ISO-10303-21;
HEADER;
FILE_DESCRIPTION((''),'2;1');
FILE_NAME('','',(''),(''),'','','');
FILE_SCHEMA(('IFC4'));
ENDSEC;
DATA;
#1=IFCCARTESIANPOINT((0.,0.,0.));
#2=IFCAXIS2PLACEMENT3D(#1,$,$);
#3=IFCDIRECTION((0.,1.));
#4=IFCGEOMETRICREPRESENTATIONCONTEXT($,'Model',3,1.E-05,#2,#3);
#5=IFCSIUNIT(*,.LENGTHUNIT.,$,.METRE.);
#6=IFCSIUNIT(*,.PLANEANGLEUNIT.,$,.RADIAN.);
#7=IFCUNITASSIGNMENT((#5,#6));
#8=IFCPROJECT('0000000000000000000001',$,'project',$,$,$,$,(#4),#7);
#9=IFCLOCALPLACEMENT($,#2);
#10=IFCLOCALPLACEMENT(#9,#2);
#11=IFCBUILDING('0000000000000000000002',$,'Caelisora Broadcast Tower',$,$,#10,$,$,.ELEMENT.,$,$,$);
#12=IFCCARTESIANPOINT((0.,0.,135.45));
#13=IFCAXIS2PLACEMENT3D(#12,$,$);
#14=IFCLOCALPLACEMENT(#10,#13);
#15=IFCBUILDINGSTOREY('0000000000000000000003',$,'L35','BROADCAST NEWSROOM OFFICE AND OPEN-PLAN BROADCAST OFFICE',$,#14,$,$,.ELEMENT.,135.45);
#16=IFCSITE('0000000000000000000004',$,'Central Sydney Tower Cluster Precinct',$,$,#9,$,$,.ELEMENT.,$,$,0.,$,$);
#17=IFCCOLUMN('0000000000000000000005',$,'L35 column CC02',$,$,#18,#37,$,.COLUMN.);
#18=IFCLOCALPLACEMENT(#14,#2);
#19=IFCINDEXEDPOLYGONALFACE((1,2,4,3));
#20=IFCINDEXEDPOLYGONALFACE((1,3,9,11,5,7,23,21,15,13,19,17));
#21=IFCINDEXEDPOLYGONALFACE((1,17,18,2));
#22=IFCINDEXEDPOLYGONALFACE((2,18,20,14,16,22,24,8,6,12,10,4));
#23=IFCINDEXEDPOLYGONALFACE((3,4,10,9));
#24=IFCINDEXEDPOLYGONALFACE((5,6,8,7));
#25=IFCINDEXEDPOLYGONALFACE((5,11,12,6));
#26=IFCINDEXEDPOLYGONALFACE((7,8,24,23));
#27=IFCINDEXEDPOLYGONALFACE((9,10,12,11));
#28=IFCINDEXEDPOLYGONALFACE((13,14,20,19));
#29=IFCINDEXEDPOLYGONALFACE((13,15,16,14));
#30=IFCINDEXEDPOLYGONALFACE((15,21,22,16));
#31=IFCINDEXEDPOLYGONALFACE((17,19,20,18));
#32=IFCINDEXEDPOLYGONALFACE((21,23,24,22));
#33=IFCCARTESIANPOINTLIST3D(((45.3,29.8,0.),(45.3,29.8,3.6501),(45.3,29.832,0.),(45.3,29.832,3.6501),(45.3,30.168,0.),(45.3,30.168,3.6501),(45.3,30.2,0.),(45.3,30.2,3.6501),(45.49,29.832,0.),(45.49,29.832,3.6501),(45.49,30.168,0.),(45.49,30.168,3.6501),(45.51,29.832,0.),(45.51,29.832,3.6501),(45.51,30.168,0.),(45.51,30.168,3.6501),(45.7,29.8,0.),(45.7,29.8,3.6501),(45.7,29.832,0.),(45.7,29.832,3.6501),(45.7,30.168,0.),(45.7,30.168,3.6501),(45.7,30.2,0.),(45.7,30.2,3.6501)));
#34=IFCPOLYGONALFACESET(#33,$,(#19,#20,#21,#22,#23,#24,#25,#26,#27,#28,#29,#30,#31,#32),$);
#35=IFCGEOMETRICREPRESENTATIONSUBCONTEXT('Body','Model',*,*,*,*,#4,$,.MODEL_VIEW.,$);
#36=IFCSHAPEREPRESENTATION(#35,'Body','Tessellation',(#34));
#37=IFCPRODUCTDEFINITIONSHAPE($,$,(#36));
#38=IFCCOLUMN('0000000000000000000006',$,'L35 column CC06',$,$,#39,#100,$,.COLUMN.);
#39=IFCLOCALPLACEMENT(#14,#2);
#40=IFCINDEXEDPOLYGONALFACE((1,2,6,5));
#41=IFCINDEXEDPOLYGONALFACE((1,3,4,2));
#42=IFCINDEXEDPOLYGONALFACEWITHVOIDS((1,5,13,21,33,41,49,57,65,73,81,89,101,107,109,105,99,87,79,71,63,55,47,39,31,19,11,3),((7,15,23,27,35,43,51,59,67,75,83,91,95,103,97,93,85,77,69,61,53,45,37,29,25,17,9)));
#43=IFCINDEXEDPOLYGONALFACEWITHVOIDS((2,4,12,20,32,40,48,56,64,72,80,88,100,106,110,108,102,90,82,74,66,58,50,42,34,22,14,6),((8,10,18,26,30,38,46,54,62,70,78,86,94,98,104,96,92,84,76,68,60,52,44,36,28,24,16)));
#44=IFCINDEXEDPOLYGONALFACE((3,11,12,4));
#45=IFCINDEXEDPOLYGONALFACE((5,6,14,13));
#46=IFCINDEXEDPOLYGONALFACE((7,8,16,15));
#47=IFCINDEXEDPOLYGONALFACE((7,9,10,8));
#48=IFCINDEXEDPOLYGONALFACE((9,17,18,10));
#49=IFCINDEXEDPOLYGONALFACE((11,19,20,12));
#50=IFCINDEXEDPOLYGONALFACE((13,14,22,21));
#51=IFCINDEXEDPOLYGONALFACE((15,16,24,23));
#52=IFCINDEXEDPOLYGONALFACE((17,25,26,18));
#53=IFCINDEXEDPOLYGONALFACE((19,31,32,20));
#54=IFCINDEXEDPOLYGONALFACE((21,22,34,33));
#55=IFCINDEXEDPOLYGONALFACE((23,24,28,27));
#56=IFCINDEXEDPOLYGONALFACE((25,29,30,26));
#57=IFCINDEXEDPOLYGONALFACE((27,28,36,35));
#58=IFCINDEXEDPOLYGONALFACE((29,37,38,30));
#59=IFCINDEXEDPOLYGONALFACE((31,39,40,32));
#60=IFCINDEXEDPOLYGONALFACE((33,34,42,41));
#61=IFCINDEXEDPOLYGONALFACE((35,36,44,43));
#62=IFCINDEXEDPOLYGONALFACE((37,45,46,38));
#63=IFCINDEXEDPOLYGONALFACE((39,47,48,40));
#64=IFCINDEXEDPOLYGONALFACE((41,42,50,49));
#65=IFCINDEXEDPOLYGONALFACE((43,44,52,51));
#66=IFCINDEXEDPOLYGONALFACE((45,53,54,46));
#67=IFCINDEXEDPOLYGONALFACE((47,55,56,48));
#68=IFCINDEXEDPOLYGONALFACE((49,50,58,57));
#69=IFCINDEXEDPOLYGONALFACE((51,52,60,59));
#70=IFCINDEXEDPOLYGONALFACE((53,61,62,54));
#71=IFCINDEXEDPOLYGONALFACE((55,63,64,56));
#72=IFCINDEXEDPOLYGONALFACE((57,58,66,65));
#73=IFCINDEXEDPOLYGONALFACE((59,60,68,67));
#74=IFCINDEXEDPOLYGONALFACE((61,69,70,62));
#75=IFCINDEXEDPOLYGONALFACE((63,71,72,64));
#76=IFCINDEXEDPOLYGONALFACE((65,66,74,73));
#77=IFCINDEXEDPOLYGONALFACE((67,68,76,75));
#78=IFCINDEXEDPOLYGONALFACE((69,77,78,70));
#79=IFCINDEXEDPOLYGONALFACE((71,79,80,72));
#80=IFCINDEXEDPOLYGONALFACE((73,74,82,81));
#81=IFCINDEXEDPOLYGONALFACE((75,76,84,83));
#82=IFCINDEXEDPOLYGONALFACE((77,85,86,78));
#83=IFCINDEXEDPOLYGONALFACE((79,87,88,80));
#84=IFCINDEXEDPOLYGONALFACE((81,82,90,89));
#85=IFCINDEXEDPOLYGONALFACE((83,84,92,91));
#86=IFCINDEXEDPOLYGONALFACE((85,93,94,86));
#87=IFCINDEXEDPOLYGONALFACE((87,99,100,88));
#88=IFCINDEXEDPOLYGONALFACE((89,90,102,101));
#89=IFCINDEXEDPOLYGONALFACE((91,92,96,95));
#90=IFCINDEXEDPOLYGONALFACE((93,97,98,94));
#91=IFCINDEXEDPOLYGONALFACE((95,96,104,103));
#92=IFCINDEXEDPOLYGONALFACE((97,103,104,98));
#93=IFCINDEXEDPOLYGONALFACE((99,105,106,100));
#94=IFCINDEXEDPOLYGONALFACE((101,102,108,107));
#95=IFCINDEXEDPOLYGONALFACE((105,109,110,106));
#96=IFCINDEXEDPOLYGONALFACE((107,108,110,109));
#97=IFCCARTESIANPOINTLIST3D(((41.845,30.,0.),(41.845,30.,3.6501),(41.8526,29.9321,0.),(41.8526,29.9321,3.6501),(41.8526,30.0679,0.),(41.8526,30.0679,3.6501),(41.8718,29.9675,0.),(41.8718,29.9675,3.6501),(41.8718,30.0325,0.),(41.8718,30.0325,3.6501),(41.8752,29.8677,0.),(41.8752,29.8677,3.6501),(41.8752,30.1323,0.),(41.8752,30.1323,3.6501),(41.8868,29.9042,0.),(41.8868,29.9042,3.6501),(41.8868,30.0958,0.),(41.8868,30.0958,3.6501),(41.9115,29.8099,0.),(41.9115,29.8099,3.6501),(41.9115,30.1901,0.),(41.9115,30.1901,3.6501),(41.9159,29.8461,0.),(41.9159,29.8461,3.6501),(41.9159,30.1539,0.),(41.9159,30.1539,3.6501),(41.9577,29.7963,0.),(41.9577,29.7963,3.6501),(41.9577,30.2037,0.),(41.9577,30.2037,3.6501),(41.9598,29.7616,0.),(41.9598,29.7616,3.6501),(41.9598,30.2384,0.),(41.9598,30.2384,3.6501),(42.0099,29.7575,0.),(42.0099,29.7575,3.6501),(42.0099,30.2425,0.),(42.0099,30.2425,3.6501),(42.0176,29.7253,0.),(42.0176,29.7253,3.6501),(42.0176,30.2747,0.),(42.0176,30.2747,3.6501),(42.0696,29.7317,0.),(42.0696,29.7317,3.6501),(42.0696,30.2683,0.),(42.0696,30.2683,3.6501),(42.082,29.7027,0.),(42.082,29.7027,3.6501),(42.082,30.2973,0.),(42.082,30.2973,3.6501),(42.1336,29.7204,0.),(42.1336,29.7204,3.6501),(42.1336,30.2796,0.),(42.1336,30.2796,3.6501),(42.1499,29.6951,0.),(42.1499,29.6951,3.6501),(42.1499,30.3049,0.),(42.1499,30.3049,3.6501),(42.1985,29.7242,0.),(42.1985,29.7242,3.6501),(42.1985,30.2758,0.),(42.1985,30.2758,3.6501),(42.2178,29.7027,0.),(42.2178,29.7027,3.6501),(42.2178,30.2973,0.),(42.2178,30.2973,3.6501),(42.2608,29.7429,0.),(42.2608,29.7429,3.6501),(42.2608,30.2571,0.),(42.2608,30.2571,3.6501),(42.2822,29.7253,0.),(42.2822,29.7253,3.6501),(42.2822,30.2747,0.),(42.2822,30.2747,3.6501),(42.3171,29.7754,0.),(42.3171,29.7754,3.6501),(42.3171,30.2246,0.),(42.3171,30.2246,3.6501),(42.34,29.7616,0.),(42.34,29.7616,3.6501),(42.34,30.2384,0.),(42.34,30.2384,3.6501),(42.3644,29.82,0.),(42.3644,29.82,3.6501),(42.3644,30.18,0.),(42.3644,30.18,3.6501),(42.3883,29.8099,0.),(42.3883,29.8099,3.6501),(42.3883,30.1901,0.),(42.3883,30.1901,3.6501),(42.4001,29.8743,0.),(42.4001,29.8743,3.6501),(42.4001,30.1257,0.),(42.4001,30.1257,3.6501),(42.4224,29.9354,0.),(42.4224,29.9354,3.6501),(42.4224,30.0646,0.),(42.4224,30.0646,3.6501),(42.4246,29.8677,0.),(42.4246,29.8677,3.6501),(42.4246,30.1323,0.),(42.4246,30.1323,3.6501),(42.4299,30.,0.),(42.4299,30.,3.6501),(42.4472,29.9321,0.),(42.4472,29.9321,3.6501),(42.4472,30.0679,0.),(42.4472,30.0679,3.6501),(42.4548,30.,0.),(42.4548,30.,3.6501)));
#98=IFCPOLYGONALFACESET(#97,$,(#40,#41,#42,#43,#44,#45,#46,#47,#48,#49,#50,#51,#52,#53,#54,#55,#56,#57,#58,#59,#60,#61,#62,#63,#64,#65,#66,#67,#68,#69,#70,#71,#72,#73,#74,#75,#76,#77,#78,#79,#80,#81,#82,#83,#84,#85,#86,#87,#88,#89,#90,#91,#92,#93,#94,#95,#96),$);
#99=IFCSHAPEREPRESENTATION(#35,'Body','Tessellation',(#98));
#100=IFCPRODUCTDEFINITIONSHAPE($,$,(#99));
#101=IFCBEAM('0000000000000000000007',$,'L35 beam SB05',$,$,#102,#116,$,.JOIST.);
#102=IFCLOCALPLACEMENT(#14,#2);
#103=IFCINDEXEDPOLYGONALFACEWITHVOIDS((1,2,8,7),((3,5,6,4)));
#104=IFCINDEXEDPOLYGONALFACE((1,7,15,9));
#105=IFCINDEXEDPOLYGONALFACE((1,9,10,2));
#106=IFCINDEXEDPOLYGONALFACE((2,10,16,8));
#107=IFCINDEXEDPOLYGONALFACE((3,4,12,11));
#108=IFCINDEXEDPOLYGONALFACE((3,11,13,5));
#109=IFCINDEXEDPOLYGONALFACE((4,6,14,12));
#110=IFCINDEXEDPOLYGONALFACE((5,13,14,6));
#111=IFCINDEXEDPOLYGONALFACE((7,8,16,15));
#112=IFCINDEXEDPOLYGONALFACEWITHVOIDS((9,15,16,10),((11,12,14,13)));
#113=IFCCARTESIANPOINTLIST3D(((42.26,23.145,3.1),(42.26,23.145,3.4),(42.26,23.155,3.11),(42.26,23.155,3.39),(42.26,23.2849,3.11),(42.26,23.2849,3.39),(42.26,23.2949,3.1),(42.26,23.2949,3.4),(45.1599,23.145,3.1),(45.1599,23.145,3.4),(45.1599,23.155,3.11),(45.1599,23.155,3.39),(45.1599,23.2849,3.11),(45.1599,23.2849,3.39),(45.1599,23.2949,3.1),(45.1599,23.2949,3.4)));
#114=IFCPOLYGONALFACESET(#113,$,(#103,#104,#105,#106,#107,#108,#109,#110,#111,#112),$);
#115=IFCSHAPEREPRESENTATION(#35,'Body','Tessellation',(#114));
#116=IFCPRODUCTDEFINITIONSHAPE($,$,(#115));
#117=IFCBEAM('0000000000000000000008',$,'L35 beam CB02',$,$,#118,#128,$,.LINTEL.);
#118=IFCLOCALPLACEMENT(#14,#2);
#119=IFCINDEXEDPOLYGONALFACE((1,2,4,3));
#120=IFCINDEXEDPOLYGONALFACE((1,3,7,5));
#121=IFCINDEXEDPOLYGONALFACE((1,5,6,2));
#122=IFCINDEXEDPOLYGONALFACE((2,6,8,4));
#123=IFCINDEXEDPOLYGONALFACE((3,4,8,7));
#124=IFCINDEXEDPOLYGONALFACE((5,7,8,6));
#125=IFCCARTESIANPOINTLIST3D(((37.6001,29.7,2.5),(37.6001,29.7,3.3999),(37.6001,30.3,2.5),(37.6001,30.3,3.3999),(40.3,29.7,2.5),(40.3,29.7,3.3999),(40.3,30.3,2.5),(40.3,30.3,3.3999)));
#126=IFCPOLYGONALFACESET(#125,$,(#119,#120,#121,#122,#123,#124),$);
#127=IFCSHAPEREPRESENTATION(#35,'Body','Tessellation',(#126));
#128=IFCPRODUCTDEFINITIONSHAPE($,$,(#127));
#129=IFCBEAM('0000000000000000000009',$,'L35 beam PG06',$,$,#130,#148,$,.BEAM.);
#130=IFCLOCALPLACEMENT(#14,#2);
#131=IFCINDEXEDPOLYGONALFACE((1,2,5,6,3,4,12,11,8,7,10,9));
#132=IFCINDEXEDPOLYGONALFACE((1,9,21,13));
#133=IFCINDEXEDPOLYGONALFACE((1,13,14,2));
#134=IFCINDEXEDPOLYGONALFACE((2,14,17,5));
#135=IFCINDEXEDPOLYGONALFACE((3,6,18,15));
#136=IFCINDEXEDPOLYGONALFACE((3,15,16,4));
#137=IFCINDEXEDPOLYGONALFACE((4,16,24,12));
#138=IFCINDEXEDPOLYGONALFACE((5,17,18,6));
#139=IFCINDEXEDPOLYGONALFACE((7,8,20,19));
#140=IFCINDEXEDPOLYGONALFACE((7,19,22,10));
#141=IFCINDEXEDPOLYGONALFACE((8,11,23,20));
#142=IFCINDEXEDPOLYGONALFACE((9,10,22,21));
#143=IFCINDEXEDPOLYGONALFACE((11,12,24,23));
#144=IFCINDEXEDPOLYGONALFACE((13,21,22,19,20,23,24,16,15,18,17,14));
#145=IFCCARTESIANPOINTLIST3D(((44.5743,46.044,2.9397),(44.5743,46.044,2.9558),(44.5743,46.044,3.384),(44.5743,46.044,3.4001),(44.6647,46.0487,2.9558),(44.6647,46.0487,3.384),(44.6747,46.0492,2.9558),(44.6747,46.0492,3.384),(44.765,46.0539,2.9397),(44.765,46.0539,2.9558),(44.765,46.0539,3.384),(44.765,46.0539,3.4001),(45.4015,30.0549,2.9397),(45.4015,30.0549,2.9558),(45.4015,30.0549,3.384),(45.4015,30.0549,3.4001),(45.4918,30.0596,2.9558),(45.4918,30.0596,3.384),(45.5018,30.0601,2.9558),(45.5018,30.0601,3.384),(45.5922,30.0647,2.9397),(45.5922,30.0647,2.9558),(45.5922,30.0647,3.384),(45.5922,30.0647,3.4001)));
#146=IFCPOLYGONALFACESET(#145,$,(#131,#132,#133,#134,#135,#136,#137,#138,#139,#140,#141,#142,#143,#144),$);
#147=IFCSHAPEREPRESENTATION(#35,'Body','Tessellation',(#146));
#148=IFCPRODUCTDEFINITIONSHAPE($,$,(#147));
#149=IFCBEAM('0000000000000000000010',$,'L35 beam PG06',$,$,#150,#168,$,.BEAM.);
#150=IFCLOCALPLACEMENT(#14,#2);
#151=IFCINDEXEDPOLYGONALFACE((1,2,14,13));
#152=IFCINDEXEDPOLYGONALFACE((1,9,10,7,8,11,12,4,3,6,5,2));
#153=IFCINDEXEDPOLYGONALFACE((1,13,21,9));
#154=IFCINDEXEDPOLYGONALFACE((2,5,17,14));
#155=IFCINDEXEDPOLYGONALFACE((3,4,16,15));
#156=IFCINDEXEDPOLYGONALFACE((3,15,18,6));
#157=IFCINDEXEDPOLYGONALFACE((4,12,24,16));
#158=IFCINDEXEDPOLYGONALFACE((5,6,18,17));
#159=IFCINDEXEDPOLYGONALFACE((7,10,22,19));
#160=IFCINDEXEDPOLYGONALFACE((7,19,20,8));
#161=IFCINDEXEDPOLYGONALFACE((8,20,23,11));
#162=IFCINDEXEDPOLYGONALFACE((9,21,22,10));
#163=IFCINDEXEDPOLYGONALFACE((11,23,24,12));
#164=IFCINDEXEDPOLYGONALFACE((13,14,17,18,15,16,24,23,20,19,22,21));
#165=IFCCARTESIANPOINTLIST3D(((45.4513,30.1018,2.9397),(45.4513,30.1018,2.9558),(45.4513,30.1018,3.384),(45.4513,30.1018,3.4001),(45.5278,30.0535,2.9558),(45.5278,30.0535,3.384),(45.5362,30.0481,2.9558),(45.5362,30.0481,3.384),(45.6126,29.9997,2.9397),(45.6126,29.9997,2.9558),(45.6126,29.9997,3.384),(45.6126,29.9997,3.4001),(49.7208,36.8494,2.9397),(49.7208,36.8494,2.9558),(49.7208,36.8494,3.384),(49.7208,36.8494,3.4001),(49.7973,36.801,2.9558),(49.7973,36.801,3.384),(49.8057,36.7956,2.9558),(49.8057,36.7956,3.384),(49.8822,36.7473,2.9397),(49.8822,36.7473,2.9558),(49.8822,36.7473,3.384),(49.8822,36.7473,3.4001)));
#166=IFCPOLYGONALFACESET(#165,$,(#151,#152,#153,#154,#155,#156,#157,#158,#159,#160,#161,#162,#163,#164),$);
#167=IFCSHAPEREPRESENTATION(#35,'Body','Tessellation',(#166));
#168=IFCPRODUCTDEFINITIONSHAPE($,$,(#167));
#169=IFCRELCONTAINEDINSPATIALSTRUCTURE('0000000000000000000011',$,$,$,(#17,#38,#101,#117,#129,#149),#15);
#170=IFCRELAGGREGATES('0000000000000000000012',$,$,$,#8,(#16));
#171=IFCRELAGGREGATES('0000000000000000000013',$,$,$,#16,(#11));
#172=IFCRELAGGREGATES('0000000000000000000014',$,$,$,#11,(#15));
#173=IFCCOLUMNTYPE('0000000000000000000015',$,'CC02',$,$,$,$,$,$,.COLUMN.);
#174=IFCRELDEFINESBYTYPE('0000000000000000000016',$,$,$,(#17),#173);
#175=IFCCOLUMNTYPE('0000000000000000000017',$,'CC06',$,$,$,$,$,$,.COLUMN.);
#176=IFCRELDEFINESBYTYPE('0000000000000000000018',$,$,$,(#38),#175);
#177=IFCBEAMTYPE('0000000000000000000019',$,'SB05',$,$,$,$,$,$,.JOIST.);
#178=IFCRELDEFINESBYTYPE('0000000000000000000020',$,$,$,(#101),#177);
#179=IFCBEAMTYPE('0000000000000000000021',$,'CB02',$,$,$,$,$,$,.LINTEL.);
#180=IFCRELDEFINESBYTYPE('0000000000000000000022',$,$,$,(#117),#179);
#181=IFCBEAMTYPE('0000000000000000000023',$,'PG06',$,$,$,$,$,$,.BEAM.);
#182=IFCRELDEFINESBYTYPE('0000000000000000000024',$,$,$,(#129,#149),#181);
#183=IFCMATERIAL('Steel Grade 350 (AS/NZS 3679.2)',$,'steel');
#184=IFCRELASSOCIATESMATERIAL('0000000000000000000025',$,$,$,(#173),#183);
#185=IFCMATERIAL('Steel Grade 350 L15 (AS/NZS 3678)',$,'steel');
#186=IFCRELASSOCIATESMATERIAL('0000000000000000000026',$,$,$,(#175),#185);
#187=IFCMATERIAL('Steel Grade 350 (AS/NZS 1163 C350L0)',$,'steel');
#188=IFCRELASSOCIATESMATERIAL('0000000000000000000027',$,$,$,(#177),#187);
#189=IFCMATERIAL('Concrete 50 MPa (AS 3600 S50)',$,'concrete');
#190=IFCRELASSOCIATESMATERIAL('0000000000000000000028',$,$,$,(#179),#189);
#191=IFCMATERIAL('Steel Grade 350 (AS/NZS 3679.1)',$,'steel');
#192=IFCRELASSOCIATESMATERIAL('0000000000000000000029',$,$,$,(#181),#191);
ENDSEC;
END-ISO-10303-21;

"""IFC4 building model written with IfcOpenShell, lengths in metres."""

from ifc_helpers import new_model, si_unit, direction, frame, origin, origin_2d, place, context, subcontext, project, spatial, rectangle, hollow_rectangle, hollow_circle, i_section, extrude, source, transform, mapped, material, material_profile, profile_set, type_object, type_shapes, element, save


model = new_model("IFC4")

# Units and contexts
model_context = context("Model", 3, precision=1e-05, world=origin(), true_north=direction((0.0, 1.0)))
body_context = subcontext(model_context, "Body", "Model", "MODEL_VIEW")
ifc_project = project(units=[si_unit("LENGTHUNIT", "METRE"), si_unit("PLANEANGLEUNIT", "RADIAN")], contexts=[model_context])

# Site, building, storey
site_placement = place(None, origin())
site = spatial("IfcSite", under=ifc_project, at=site_placement, Name="Central Sydney Tower Cluster Precinct", CompositionType="ELEMENT", RefElevation=0.0)
building_placement = place(site_placement, origin())
building = spatial("IfcBuilding", under=site, at=building_placement, Name="Caelisora Broadcast Tower", CompositionType="ELEMENT")
storey_placement = place(building_placement, frame((0.0, 0.0, 135.45)))
storey = spatial("IfcBuildingStorey", under=building, at=storey_placement, Name="L35", Description="BROADCAST NEWSROOM OFFICE AND OPEN-PLAN BROADCAST OFFICE", CompositionType="ELEMENT", Elevation=135.45)

# Columns
ifc_material_1 = material(Name="Steel Grade 350 (AS/NZS 3679.2)", Category="steel")
ifc_material_profile_1 = material_profile(ifc_material_1, i_section(OverallWidth=0.3999, OverallDepth=0.3999, WebThickness=0.02, FlangeThickness=0.032, at=origin_2d()), Name="Steel Grade 350 (AS/NZS 3679.2)")
ifc_profile_set_1 = profile_set([ifc_material_profile_1], Name="Steel Grade 350 (AS/NZS 3679.2)")
column_type_1 = type_object("IfcColumnType", Name="CC02", PredefinedType="COLUMN", material=ifc_profile_set_1)
shared_shape_1 = source(origin(), body_context, "Body", "SweptSolid", [
    extrude(i_section(OverallWidth=0.3999, OverallDepth=0.3999, WebThickness=0.02, FlangeThickness=0.032, at=origin_2d()), origin(), (0.0, 0.0, 1.0), 3.6501),
])
type_shapes(column_type_1, [shared_shape_1])
column_1_placement = place(storey_placement, frame((45.5, 30.0, 0.0), z_axis=(0.0, 0.0, 1.0), x_axis=(1.0, 0.0, 0.0)))
element("IfcColumn", 1, at=column_1_placement, inside=storey, type_object=column_type_1, Name="L35 column CC02", PredefinedType="COLUMN", context=body_context, shape_type="MappedRepresentation", body=[
    mapped(shared_shape_1, transform((0.0, 0.0, 0.0), scale=1.0)),
])
ifc_material_2 = material(Name="Steel Grade 350 L15 (AS/NZS 3678)", Category="steel")
ifc_material_profile_2 = material_profile(ifc_material_2, hollow_circle(Radius=0.3049, WallThickness=0.0249, at=origin_2d()), Name="Steel Grade 350 L15 (AS/NZS 3678)")
ifc_profile_set_2 = profile_set([ifc_material_profile_2], Name="Steel Grade 350 L15 (AS/NZS 3678)")
column_type_2 = type_object("IfcColumnType", Name="CC06", PredefinedType="COLUMN", material=ifc_profile_set_2)
shared_shape_2 = source(origin(), body_context, "Body", "SweptSolid", [
    extrude(hollow_circle(Radius=0.3049, WallThickness=0.0249, at=origin_2d()), origin(), (0.0, 0.0, 1.0), 3.6501),
])
type_shapes(column_type_2, [shared_shape_2])
column_2_placement = place(storey_placement, frame((42.1499, 30.0, 0.0), z_axis=(0.0, 0.0, 1.0), x_axis=(1.0, 0.0, 0.0)))
element("IfcColumn", 2, at=column_2_placement, inside=storey, type_object=column_type_2, Name="L35 column CC06", PredefinedType="COLUMN", context=body_context, shape_type="MappedRepresentation", body=[
    mapped(shared_shape_2, transform((0.0, 0.0, 0.0), scale=1.0)),
])

# Beams
ifc_material_3 = material(Name="Steel Grade 350 (AS/NZS 1163 C350L0)", Category="steel")
ifc_material_profile_3 = material_profile(ifc_material_3, hollow_rectangle(XDim=0.1499, YDim=0.3, WallThickness=0.01, at=origin_2d()), Name="Steel Grade 350 (AS/NZS 1163 C350L0)")
ifc_profile_set_3 = profile_set([ifc_material_profile_3], Name="Steel Grade 350 (AS/NZS 1163 C350L0)")
beam_type_1 = type_object("IfcBeamType", Name="SB05", PredefinedType="JOIST", material=ifc_profile_set_3)
shared_shape_3 = source(origin(), body_context, "Body", "SweptSolid", [
    extrude(hollow_rectangle(XDim=0.1499, YDim=0.3, WallThickness=0.01, at=origin_2d()), origin(), (0.0, 0.0, 1.0), 2.8999),
])
type_shapes(beam_type_1, [shared_shape_3])
beam_1_placement = place(storey_placement, frame((42.26, 23.22, 3.25), z_axis=(1.0, 0.0, 0.0), x_axis=(0.0, 1.0, 0.0)))
element("IfcBeam", 3, at=beam_1_placement, inside=storey, type_object=beam_type_1, Name="L35 beam SB05", PredefinedType="JOIST", context=body_context, shape_type="MappedRepresentation", body=[
    mapped(shared_shape_3, transform((0.0, 0.0, 0.0), scale=1.0)),
])
ifc_material_4 = material(Name="Concrete 50 MPa (AS 3600 S50)", Category="concrete")
ifc_material_profile_4 = material_profile(ifc_material_4, rectangle(XDim=0.6001, YDim=0.8999, at=origin_2d()), Name="Concrete 50 MPa (AS 3600 S50)")
ifc_profile_set_4 = profile_set([ifc_material_profile_4], Name="Concrete 50 MPa (AS 3600 S50)")
beam_type_2 = type_object("IfcBeamType", Name="CB02", PredefinedType="LINTEL", material=ifc_profile_set_4)
shared_shape_4 = source(origin(), body_context, "Body", "SweptSolid", [
    extrude(rectangle(XDim=0.6001, YDim=0.8999, at=origin_2d()), origin(), (0.0, 0.0, 1.0), 2.7),
])
type_shapes(beam_type_2, [shared_shape_4])
beam_2_placement = place(storey_placement, frame((37.6001, 30.0, 2.95), z_axis=(1.0, 0.0, 0.0), x_axis=(0.0, 1.0, 0.0)))
element("IfcBeam", 4, at=beam_2_placement, inside=storey, type_object=beam_type_2, Name="L35 beam CB02", PredefinedType="LINTEL", context=body_context, shape_type="MappedRepresentation", body=[
    mapped(shared_shape_4, transform((0.0, 0.0, 0.0), scale=1.0)),
])
ifc_material_5 = material(Name="Steel Grade 350 (AS/NZS 3679.1)", Category="steel")
ifc_material_profile_5 = material_profile(ifc_material_5, i_section(OverallWidth=0.1909, OverallDepth=0.4604, WebThickness=0.01, FlangeThickness=0.0161, at=origin_2d()), Name="Steel Grade 350 (AS/NZS 3679.1)")
ifc_profile_set_5 = profile_set([ifc_material_profile_5], Name="Steel Grade 350 (AS/NZS 3679.1)")
beam_type_3 = type_object("IfcBeamType", Name="PG06", PredefinedType="BEAM", material=ifc_profile_set_5)
shared_shape_5 = source(origin(), body_context, "Body", "SweptSolid", [
    extrude(i_section(OverallWidth=0.1909, OverallDepth=0.4604, WebThickness=0.01, FlangeThickness=0.0161, at=origin_2d()), origin(), (0.0, 0.0, 1.0), 16.0105),
])
beam_3_placement = place(storey_placement, frame((45.4968, 30.0598, 3.1699), z_axis=(-0.051663, 0.998665, 0.0), x_axis=(-0.998665, -0.051663, 0.0)))
element("IfcBeam", 5, at=beam_3_placement, inside=storey, type_object=beam_type_3, Name="L35 beam PG06", PredefinedType="BEAM", context=body_context, shape_type="MappedRepresentation", body=[
    mapped(shared_shape_5, transform((0.0, 0.0, 0.0), scale=1.0)),
])
shared_shape_6 = source(origin(), body_context, "Body", "SweptSolid", [
    extrude(i_section(OverallWidth=0.1909, OverallDepth=0.4604, WebThickness=0.01, FlangeThickness=0.0161, at=origin_2d()), origin(), (0.0, 0.0, 1.0), 7.9849),
])
beam_4_placement = place(storey_placement, frame((45.532, 30.0508, 3.1699), z_axis=(0.534701, 0.845041, 0.0), x_axis=(-0.845041, 0.534701, 0.0)))
element("IfcBeam", 6, at=beam_4_placement, inside=storey, type_object=beam_type_3, Name="L35 beam PG06", PredefinedType="BEAM", context=body_context, shape_type="MappedRepresentation", body=[
    mapped(shared_shape_6, transform((0.0, 0.0, 0.0), scale=1.0)),
])

save(model, "model.ifc")
